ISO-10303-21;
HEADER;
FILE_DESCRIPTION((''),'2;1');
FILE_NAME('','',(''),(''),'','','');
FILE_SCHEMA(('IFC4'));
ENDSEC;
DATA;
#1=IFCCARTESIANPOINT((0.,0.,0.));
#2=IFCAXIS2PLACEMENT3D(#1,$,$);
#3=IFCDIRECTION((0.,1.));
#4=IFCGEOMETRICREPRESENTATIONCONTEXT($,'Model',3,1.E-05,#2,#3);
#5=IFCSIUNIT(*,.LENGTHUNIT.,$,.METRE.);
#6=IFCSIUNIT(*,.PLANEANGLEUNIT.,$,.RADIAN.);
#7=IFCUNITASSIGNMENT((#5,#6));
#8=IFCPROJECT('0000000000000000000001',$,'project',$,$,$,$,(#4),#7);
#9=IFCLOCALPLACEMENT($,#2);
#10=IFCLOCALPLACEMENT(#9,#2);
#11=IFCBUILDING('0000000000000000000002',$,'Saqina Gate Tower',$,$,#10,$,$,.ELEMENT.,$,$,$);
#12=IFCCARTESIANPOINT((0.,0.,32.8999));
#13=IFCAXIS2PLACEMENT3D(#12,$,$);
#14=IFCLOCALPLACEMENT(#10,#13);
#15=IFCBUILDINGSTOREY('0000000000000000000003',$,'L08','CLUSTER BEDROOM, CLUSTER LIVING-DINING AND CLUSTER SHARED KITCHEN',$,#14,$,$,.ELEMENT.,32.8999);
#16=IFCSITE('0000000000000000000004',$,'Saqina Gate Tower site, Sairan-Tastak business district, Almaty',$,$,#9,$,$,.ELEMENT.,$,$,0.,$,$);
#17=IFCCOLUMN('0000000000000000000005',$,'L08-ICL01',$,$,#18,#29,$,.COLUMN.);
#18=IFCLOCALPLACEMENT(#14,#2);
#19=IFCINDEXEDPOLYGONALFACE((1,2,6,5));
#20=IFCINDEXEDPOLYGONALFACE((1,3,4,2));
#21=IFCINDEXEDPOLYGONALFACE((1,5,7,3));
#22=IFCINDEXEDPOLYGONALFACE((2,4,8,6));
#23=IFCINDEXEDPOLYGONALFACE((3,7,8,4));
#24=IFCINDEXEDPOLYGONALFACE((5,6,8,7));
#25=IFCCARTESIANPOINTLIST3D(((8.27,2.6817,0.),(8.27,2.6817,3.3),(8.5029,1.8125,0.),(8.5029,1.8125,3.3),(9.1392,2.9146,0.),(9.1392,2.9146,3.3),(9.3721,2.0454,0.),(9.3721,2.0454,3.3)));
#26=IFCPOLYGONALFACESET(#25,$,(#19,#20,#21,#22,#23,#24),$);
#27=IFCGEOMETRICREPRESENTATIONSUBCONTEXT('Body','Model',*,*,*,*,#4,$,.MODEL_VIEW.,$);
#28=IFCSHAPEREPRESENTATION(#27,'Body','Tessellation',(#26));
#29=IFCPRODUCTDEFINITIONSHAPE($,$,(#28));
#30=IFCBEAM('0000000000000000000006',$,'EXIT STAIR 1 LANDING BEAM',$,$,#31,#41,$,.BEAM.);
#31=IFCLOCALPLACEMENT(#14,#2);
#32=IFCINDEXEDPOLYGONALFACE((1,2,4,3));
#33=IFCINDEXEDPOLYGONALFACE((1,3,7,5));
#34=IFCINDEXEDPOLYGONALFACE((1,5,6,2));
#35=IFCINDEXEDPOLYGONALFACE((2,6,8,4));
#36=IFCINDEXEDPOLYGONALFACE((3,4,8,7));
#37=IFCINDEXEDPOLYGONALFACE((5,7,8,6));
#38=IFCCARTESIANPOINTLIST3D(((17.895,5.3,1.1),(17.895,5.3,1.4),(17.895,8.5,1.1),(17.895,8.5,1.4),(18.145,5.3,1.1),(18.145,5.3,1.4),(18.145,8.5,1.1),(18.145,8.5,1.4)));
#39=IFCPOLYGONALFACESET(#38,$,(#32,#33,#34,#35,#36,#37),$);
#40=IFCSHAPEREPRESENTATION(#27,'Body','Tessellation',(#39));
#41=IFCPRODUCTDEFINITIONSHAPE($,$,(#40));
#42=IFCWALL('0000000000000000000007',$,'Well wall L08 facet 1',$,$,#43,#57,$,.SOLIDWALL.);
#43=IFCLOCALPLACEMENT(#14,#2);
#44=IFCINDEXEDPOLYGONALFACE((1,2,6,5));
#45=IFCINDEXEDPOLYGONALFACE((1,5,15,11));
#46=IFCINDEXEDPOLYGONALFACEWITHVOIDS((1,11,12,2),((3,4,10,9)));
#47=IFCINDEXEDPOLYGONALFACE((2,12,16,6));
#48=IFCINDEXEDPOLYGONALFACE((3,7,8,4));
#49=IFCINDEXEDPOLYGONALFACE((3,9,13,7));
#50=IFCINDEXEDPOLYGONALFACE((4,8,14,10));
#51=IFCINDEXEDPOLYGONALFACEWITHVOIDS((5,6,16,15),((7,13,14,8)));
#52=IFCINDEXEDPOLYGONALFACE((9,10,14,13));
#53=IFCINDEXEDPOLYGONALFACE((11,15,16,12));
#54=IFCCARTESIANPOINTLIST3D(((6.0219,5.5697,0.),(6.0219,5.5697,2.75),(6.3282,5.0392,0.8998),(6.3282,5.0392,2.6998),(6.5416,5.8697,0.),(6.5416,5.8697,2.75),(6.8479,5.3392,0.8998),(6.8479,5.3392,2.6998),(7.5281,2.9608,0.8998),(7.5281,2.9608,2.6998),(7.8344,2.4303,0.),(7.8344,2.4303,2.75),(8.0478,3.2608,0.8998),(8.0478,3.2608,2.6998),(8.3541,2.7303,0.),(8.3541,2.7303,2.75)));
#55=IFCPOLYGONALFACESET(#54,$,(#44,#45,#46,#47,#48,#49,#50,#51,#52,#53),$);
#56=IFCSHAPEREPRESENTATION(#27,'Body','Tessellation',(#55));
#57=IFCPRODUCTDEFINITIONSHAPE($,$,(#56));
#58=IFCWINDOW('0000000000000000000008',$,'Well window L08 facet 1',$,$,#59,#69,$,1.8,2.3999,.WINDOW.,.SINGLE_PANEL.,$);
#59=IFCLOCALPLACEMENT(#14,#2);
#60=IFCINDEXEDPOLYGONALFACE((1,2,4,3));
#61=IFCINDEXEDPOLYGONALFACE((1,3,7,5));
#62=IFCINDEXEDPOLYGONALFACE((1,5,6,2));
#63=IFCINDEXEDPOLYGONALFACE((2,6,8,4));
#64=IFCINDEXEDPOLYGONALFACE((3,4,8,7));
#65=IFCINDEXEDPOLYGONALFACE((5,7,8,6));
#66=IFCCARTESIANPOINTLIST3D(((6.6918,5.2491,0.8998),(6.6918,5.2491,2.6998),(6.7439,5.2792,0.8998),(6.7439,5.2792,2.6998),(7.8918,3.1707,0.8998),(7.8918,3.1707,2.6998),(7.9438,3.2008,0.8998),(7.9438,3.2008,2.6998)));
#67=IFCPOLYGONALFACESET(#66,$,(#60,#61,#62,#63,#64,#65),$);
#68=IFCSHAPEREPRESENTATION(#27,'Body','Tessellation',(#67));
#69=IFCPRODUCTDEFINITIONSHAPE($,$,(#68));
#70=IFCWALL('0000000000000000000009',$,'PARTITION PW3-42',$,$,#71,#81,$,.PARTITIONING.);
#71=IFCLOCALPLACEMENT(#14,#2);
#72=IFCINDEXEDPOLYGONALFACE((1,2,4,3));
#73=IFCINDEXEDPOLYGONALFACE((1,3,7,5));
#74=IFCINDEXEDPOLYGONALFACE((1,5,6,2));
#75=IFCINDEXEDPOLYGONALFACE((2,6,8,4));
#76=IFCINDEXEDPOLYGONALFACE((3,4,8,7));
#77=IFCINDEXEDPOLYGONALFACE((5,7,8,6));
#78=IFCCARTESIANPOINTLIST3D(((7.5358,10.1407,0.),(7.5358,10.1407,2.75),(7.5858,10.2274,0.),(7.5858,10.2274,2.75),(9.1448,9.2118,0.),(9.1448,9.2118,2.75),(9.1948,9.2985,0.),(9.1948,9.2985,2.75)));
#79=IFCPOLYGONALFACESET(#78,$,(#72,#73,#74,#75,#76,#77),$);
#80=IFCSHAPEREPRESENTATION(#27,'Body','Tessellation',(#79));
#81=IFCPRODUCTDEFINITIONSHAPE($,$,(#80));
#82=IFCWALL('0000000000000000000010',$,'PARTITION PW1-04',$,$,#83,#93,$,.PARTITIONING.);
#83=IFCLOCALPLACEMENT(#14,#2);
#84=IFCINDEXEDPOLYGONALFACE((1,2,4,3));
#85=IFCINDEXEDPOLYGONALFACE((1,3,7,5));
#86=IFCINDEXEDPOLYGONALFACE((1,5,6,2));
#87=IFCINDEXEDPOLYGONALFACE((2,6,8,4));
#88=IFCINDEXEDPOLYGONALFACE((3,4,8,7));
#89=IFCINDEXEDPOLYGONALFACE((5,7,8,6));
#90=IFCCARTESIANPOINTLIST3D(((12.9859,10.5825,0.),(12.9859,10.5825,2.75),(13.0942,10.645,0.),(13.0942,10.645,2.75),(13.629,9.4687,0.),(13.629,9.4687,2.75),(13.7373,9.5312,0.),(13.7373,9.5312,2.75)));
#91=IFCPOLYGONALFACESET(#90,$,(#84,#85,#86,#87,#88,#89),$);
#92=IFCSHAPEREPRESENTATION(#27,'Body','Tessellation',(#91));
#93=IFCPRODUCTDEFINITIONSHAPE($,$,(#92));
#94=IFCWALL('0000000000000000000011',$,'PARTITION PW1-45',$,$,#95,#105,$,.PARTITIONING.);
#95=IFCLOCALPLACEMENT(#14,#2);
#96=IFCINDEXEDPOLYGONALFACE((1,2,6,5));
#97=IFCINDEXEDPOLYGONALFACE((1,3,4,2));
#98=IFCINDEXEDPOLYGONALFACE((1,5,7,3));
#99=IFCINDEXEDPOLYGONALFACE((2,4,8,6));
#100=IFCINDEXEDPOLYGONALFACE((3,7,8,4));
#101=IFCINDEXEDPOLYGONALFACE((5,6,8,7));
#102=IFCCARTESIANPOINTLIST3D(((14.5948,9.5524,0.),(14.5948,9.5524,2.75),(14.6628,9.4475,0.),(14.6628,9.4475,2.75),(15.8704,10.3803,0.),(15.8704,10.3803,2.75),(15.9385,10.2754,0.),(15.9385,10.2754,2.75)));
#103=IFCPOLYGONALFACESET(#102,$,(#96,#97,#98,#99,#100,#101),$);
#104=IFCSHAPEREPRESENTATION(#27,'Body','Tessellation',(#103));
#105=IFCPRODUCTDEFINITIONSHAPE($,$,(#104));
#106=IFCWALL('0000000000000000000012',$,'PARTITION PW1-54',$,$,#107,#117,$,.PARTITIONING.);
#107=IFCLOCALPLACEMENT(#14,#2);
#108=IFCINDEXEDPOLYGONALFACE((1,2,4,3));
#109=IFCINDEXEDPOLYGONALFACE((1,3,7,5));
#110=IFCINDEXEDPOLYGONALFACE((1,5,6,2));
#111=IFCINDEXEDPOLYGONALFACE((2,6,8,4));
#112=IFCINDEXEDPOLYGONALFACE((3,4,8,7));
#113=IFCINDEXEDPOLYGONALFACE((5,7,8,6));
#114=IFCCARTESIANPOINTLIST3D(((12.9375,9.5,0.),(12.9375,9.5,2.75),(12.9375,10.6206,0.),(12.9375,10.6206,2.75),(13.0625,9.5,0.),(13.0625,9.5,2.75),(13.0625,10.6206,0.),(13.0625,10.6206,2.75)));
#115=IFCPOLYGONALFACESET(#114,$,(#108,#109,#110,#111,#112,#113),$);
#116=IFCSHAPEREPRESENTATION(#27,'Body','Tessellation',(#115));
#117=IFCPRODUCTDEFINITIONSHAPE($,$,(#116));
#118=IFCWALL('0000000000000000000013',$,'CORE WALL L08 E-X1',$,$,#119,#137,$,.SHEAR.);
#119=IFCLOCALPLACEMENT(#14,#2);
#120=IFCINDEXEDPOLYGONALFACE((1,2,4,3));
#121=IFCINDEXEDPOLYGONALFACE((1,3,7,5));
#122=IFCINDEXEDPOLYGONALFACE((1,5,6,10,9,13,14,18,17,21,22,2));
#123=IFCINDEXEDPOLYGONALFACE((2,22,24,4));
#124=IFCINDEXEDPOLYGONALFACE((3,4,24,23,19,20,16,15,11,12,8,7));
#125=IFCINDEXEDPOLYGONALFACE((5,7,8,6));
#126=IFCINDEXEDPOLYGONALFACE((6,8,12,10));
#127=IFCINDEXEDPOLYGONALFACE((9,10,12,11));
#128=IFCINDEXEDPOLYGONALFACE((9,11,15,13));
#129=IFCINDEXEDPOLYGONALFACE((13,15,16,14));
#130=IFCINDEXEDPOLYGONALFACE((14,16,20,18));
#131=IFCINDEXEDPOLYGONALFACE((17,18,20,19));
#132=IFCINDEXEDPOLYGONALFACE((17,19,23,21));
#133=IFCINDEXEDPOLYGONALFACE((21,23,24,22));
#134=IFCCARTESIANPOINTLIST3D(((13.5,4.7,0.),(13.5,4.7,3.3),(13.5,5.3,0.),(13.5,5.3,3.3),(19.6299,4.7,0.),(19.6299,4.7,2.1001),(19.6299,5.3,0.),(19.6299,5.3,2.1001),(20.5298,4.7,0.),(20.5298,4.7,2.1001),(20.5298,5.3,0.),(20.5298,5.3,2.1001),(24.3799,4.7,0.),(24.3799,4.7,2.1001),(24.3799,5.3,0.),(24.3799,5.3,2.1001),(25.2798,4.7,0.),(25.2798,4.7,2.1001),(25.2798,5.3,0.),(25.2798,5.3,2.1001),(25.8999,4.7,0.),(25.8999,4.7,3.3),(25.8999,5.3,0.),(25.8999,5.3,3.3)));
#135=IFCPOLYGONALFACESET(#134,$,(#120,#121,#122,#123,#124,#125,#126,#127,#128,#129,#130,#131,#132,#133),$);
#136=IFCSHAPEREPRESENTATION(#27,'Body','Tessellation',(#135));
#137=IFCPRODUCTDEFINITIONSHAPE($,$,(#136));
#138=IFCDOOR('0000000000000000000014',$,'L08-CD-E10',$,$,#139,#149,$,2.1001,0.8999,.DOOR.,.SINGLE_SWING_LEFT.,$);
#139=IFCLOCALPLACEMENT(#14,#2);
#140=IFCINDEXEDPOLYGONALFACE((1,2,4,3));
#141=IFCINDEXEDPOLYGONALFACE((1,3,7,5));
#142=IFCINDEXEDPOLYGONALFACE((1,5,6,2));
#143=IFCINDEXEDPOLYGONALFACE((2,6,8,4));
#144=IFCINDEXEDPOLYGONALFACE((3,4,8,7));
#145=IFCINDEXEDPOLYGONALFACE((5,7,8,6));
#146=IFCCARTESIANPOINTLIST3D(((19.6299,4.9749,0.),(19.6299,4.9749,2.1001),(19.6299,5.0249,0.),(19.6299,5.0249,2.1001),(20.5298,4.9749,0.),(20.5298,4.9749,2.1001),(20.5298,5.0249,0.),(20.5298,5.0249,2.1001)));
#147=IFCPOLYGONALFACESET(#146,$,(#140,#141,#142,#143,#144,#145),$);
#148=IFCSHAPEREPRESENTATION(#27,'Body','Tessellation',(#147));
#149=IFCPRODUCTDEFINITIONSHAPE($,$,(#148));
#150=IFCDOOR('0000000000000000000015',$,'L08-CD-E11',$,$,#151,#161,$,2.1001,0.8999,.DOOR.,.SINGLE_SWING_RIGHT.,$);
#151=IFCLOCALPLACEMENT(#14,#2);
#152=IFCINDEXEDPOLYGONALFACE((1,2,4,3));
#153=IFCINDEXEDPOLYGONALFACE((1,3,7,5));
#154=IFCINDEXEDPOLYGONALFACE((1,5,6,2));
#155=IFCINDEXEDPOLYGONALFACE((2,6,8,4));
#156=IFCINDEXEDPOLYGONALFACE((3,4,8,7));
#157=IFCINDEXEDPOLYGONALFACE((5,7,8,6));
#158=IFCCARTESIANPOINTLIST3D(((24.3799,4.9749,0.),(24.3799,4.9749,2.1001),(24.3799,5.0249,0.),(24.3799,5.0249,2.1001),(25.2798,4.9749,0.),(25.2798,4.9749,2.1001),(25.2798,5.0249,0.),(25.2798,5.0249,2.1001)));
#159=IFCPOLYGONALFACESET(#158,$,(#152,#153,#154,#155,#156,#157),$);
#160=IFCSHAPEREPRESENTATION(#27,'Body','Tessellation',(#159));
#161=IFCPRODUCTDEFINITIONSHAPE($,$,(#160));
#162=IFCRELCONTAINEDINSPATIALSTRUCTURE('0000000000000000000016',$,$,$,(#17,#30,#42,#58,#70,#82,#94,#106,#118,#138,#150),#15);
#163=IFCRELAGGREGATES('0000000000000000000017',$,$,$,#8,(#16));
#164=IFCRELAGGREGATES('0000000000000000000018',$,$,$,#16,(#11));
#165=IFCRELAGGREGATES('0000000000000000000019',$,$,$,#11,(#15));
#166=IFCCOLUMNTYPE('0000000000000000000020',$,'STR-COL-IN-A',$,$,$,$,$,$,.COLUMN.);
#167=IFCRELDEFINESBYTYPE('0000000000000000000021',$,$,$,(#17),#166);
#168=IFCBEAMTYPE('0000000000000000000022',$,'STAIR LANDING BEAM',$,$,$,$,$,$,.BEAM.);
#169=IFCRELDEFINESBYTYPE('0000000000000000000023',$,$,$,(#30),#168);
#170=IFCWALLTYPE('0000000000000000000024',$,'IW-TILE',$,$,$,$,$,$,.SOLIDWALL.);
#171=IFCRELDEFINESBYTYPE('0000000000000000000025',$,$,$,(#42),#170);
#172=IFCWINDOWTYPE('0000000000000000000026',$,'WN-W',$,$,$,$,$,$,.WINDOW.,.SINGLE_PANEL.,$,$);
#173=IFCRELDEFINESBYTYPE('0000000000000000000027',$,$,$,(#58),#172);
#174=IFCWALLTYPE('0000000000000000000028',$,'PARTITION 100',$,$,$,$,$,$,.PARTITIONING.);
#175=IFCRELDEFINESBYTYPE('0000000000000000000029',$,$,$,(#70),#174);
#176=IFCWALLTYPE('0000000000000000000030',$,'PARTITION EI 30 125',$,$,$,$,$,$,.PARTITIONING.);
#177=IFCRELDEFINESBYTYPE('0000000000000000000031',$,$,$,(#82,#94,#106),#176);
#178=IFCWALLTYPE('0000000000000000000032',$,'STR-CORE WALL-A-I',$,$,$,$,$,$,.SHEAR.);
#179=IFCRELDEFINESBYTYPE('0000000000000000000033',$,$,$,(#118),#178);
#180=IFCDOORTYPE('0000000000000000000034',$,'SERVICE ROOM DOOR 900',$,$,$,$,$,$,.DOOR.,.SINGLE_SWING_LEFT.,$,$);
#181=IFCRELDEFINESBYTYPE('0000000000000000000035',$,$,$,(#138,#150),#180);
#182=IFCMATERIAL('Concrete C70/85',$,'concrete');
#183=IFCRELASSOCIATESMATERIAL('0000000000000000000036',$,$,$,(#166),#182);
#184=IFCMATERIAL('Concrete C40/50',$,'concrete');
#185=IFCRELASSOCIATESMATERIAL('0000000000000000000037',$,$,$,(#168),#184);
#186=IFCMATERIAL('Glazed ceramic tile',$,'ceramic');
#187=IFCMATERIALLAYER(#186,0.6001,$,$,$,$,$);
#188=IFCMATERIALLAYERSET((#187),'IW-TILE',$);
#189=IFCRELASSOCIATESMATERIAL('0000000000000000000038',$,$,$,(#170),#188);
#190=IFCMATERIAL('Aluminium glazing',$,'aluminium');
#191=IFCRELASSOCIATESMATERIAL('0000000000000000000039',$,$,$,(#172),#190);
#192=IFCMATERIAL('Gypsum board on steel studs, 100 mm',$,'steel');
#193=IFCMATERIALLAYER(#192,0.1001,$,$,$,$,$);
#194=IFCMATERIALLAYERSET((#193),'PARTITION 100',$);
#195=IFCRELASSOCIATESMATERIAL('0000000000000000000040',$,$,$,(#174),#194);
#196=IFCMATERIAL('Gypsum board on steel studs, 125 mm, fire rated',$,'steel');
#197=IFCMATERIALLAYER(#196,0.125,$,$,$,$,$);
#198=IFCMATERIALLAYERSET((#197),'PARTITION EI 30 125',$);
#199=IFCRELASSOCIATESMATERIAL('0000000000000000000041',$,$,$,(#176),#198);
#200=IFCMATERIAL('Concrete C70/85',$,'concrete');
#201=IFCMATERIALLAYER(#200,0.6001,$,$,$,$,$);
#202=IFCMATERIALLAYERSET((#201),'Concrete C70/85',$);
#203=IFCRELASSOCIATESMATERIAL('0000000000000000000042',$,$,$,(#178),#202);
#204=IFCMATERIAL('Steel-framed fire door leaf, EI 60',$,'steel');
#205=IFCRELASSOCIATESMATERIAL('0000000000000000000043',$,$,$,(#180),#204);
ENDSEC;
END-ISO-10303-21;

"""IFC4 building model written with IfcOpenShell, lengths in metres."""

from ifc_helpers import new_model, si_unit, direction, frame, frame_2d, origin, origin_2d, place, context, subcontext, project, spatial, rectangle, extrude, material, layer, layer_set, material_profile, profile_set, type_object, element, fill, save


model = new_model("IFC4")

# Units and contexts
model_context = context("Model", 3, precision=1e-05, world=origin(), true_north=direction((0.0, 1.0)))
body_context = subcontext(model_context, "Body", "Model", "MODEL_VIEW")
ifc_project = project(units=[si_unit("LENGTHUNIT", "METRE"), si_unit("PLANEANGLEUNIT", "RADIAN")], contexts=[model_context])

# Site, building, storey
site_placement = place(None, origin())
site = spatial("IfcSite", under=ifc_project, at=site_placement, Name="Saqina Gate Tower site, Sairan-Tastak business district, Almaty", CompositionType="ELEMENT", RefElevation=0.0)
building_placement = place(site_placement, origin())
building = spatial("IfcBuilding", under=site, at=building_placement, Name="Saqina Gate Tower", CompositionType="ELEMENT")
storey_placement = place(building_placement, frame((0.0, 0.0, 32.8999)))
storey = spatial("IfcBuildingStorey", under=building, at=storey_placement, Name="L08", Description="CLUSTER BEDROOM, CLUSTER LIVING-DINING AND CLUSTER SHARED KITCHEN", CompositionType="ELEMENT", Elevation=32.8999)

# Column
ifc_material_1 = material(Name="Concrete C70/85", Category="concrete")
ifc_material_profile_1 = material_profile(ifc_material_1, rectangle(XDim=0.8999, YDim=0.8999, at=origin_2d()), Name="RC 900x900")
ifc_profile_set_1 = profile_set([ifc_material_profile_1], Name="Concrete C70/85")
column_type = type_object("IfcColumnType", Name="STR-COL-IN-A", PredefinedType="COLUMN", material=ifc_profile_set_1)
column_placement = place(storey_placement, frame((8.821, 2.3635, 0.0), z_axis=(0.0, 0.0, 1.0), x_axis=(0.965926, 0.258819, 0.0)))
element("IfcColumn", 1, at=column_placement, inside=storey, type_object=column_type, Name="L08-ICL01", PredefinedType="COLUMN", context=body_context, shape_type="SweptSolid", body=[
    extrude(rectangle(XDim=0.8999, YDim=0.8999, at=origin_2d()), origin(), (0.0, 0.0, 1.0), 3.3),
])

# Beam
ifc_material_2 = material(Name="Concrete C40/50", Category="concrete")
ifc_material_profile_2 = material_profile(ifc_material_2, rectangle(XDim=0.25, YDim=0.3, at=origin_2d()), Name="STAIR LANDING BEAM")
ifc_profile_set_2 = profile_set([ifc_material_profile_2], Name="Concrete C40/50")
beam_type = type_object("IfcBeamType", Name="STAIR LANDING BEAM", PredefinedType="BEAM", material=ifc_profile_set_2)
beam_placement = place(storey_placement, frame((18.02, 5.3, 1.25), z_axis=(0.0, 1.0, 0.0), x_axis=(-1.0, 0.0, 0.0)))
element("IfcBeam", 2, at=beam_placement, inside=storey, type_object=beam_type, Name="EXIT STAIR 1 LANDING BEAM", PredefinedType="BEAM", context=body_context, shape_type="SweptSolid", body=[
    extrude(rectangle(XDim=0.25, YDim=0.3, at=origin_2d()), origin(), (0.0, 0.0, 1.0), 3.2),
])

# Wall, opening, window
ifc_material_3 = material(Name="Glazed ceramic tile", Category="ceramic")
ifc_layer_1 = layer(ifc_material_3, 0.6001)
ifc_layer_set_1 = layer_set([ifc_layer_1], Name="IW-TILE")
wall_type_1 = type_object("IfcWallType", Name="IW-TILE", PredefinedType="SOLIDWALL", material=ifc_layer_set_1)
wall_1_placement = place(storey_placement, frame((8.0942, 2.5803, 0.0), z_axis=(0.0, 0.0, 1.0), x_axis=(-0.499993, 0.86603, 0.0)))
wall_1 = element("IfcWall", 3, at=wall_1_placement, inside=storey, type_object=wall_type_1, Name="Well wall L08 facet 1", PredefinedType="SOLIDWALL", context=body_context, shape_type="SweptSolid", body=[
    extrude(rectangle(XDim=3.625, YDim=0.6001, at=frame_2d((1.8125, 0.0))), origin(), (0.0, 0.0, 1.0), 2.75),
])
opening_1_placement = place(wall_1_placement, frame((0.6125, 0.0, 0.8999)))
opening_1 = element("IfcOpeningElement", 4, at=opening_1_placement, cuts=wall_1, PredefinedType="OPENING", context=body_context, shape_type="SweptSolid", body=[
    extrude(rectangle(XDim=2.3999, YDim=1.8, at=frame_2d((1.2, 0.8999))), frame((0.0, 0.312, 0.0), z_axis=(0.0, -1.0, 0.0), x_axis=(1.0, 0.0, 0.0)), (0.0, 0.0, 1.0), 0.624),
])
ifc_material_4 = material(Name="Aluminium glazing", Category="aluminium")
window_type = type_object("IfcWindowType", Name="WN-W", PartitioningType="SINGLE_PANEL", PredefinedType="WINDOW", material=ifc_material_4)
window_placement = place(opening_1_placement, origin())
window = element("IfcWindow", 5, at=window_placement, inside=storey, type_object=window_type, Name="Well window L08 facet 1", OverallHeight=1.8, OverallWidth=2.3999, PartitioningType="SINGLE_PANEL", PredefinedType="WINDOW", context=body_context, shape_type="SweptSolid", body=[
    extrude(rectangle(XDim=2.3999, YDim=1.8, at=frame_2d((1.2, 0.8999))), frame((0.0, -0.1199, 0.0), z_axis=(0.0, -1.0, 0.0), x_axis=(1.0, 0.0, 0.0)), (0.0, 0.0, 1.0), 0.0601),
])
fill(opening_1, window)

# Walls
ifc_material_5 = material(Name="Gypsum board on steel studs, 100 mm", Category="steel")
ifc_layer_2 = layer(ifc_material_5, 0.1001)
ifc_layer_set_2 = layer_set([ifc_layer_2], Name="PARTITION 100")
wall_type_2 = type_object("IfcWallType", Name="PARTITION 100", PredefinedType="PARTITIONING", material=ifc_layer_set_2)
wall_2_placement = place(storey_placement, frame((7.5608, 10.1841, 0.0), z_axis=(0.0, 0.0, 1.0), x_axis=(0.866043, -0.499969, 0.0)))
element("IfcWall", 6, at=wall_2_placement, inside=storey, type_object=wall_type_2, Name="PARTITION PW3-42", PredefinedType="PARTITIONING", context=body_context, shape_type="SweptSolid", body=[
    extrude(rectangle(XDim=1.8579, YDim=0.1001, at=frame_2d((0.929, 0.0))), origin(), (0.0, 0.0, 1.0), 2.75),
])
ifc_material_6 = material(Name="Gypsum board on steel studs, 125 mm, fire rated", Category="steel")
ifc_layer_3 = layer(ifc_material_6, 0.125)
ifc_layer_set_3 = layer_set([ifc_layer_3], Name="PARTITION EI 30 125")
wall_type_3 = type_object("IfcWallType", Name="PARTITION EI 30 125", PredefinedType="PARTITIONING", material=ifc_layer_set_3)
wall_3_placement = place(storey_placement, frame((13.04, 10.6138, 0.0), z_axis=(0.0, 0.0, 1.0), x_axis=(0.500018, -0.866015, 0.0)))
element("IfcWall", 7, at=wall_3_placement, inside=storey, type_object=wall_type_3, Name="PARTITION PW1-04", PredefinedType="PARTITIONING", context=body_context, shape_type="SweptSolid", body=[
    extrude(rectangle(XDim=1.2861, YDim=0.125, at=frame_2d((0.6431, 0.0))), origin(), (0.0, 0.0, 1.0), 2.75),
])
wall_4_placement = place(storey_placement, frame((14.6289, 9.5, 0.0), z_axis=(0.0, 0.0, 1.0), x_axis=(0.838829, 0.544396, 0.0)))
element("IfcWall", 8, at=wall_4_placement, inside=storey, type_object=wall_type_3, Name="PARTITION PW1-45", PredefinedType="PARTITIONING", context=body_context, shape_type="SweptSolid", body=[
    extrude(rectangle(XDim=1.5208, YDim=0.125, at=frame_2d((0.7603, 0.0))), origin(), (0.0, 0.0, 1.0), 2.75),
])
wall_5_placement = place(storey_placement, frame((13.0, 9.5, 0.0), z_axis=(0.0, 0.0, 1.0), x_axis=(0.0, 1.0, 0.0)))
element("IfcWall", 9, at=wall_5_placement, inside=storey, type_object=wall_type_3, Name="PARTITION PW1-54", PredefinedType="PARTITIONING", context=body_context, shape_type="SweptSolid", body=[
    extrude(rectangle(XDim=1.1206, YDim=0.125, at=frame_2d((0.5603, 0.0))), origin(), (0.0, 0.0, 1.0), 2.75),
])

# Wall, openings, doors
ifc_material_7 = material(Name="Concrete C70/85", Category="concrete")
ifc_layer_4 = layer(ifc_material_7, 0.6001)
ifc_layer_set_4 = layer_set([ifc_layer_4], Name="Concrete C70/85")
wall_type_4 = type_object("IfcWallType", Name="STR-CORE WALL-A-I", PredefinedType="SHEAR", material=ifc_layer_set_4)
wall_6_placement = place(storey_placement, frame((13.5, 5.0, 0.0), z_axis=(0.0, 0.0, 1.0), x_axis=(1.0, 0.0, 0.0)))
wall_6 = element("IfcWall", 10, at=wall_6_placement, inside=storey, type_object=wall_type_4, Name="CORE WALL L08 E-X1", PredefinedType="SHEAR", context=body_context, shape_type="SweptSolid", body=[
    extrude(rectangle(XDim=12.3999, YDim=0.6001, at=frame_2d((6.2, 0.0))), origin(), (0.0, 0.0, 1.0), 3.3),
])
opening_2_placement = place(wall_6_placement, frame((6.1299, 0.0, 0.0)))
opening_2 = element("IfcOpeningElement", 11, at=opening_2_placement, cuts=wall_6, PredefinedType="OPENING", context=body_context, shape_type="SweptSolid", body=[
    extrude(rectangle(XDim=0.8999, YDim=2.1001, at=frame_2d((0.45, 1.05))), frame((0.0, 0.312, 0.0), z_axis=(0.0, -1.0, 0.0), x_axis=(1.0, 0.0, 0.0)), (0.0, 0.0, 1.0), 0.624),
])
opening_3_placement = place(wall_6_placement, frame((10.8799, 0.0, 0.0)))
opening_3 = element("IfcOpeningElement", 12, at=opening_3_placement, cuts=wall_6, PredefinedType="OPENING", context=body_context, shape_type="SweptSolid", body=[
    extrude(rectangle(XDim=0.8999, YDim=2.1001, at=frame_2d((0.45, 1.05))), frame((0.0, 0.312, 0.0), z_axis=(0.0, -1.0, 0.0), x_axis=(1.0, 0.0, 0.0)), (0.0, 0.0, 1.0), 0.624),
])
ifc_material_8 = material(Name="Steel-framed fire door leaf, EI 60", Category="steel")
door_type_1 = type_object("IfcDoorType", Name="SERVICE ROOM DOOR 900", OperationType="SINGLE_SWING_LEFT", PredefinedType="DOOR", material=ifc_material_8)
door_1_placement = place(opening_2_placement, origin())
door_1 = element("IfcDoor", 13, at=door_1_placement, inside=storey, type_object=door_type_1, Name="L08-CD-E10", OperationType="SINGLE_SWING_LEFT", OverallHeight=2.1001, OverallWidth=0.8999, PredefinedType="DOOR", context=body_context, shape_type="SweptSolid", body=[
    extrude(rectangle(XDim=0.8999, YDim=2.1001, at=frame_2d((0.45, 1.05))), frame((0.0, 0.0249, 0.0), z_axis=(0.0, -1.0, 0.0), x_axis=(1.0, 0.0, 0.0)), (0.0, 0.0, 1.0), 0.05),
])
fill(opening_2, door_1)
door_2_placement = place(opening_3_placement, origin())
door_2 = element("IfcDoor", 14, at=door_2_placement, inside=storey, type_object=door_type_1, Name="L08-CD-E11", OperationType="SINGLE_SWING_RIGHT", OverallHeight=2.1001, OverallWidth=0.8999, PredefinedType="DOOR", context=body_context, shape_type="SweptSolid", body=[
    extrude(rectangle(XDim=0.8999, YDim=2.1001, at=frame_2d((0.45, 1.05))), frame((0.0, 0.0249, 0.0), z_axis=(0.0, -1.0, 0.0), x_axis=(1.0, 0.0, 0.0)), (0.0, 0.0, 1.0), 0.05),
])
fill(opening_3, door_2)

save(model, "model.ifc")
